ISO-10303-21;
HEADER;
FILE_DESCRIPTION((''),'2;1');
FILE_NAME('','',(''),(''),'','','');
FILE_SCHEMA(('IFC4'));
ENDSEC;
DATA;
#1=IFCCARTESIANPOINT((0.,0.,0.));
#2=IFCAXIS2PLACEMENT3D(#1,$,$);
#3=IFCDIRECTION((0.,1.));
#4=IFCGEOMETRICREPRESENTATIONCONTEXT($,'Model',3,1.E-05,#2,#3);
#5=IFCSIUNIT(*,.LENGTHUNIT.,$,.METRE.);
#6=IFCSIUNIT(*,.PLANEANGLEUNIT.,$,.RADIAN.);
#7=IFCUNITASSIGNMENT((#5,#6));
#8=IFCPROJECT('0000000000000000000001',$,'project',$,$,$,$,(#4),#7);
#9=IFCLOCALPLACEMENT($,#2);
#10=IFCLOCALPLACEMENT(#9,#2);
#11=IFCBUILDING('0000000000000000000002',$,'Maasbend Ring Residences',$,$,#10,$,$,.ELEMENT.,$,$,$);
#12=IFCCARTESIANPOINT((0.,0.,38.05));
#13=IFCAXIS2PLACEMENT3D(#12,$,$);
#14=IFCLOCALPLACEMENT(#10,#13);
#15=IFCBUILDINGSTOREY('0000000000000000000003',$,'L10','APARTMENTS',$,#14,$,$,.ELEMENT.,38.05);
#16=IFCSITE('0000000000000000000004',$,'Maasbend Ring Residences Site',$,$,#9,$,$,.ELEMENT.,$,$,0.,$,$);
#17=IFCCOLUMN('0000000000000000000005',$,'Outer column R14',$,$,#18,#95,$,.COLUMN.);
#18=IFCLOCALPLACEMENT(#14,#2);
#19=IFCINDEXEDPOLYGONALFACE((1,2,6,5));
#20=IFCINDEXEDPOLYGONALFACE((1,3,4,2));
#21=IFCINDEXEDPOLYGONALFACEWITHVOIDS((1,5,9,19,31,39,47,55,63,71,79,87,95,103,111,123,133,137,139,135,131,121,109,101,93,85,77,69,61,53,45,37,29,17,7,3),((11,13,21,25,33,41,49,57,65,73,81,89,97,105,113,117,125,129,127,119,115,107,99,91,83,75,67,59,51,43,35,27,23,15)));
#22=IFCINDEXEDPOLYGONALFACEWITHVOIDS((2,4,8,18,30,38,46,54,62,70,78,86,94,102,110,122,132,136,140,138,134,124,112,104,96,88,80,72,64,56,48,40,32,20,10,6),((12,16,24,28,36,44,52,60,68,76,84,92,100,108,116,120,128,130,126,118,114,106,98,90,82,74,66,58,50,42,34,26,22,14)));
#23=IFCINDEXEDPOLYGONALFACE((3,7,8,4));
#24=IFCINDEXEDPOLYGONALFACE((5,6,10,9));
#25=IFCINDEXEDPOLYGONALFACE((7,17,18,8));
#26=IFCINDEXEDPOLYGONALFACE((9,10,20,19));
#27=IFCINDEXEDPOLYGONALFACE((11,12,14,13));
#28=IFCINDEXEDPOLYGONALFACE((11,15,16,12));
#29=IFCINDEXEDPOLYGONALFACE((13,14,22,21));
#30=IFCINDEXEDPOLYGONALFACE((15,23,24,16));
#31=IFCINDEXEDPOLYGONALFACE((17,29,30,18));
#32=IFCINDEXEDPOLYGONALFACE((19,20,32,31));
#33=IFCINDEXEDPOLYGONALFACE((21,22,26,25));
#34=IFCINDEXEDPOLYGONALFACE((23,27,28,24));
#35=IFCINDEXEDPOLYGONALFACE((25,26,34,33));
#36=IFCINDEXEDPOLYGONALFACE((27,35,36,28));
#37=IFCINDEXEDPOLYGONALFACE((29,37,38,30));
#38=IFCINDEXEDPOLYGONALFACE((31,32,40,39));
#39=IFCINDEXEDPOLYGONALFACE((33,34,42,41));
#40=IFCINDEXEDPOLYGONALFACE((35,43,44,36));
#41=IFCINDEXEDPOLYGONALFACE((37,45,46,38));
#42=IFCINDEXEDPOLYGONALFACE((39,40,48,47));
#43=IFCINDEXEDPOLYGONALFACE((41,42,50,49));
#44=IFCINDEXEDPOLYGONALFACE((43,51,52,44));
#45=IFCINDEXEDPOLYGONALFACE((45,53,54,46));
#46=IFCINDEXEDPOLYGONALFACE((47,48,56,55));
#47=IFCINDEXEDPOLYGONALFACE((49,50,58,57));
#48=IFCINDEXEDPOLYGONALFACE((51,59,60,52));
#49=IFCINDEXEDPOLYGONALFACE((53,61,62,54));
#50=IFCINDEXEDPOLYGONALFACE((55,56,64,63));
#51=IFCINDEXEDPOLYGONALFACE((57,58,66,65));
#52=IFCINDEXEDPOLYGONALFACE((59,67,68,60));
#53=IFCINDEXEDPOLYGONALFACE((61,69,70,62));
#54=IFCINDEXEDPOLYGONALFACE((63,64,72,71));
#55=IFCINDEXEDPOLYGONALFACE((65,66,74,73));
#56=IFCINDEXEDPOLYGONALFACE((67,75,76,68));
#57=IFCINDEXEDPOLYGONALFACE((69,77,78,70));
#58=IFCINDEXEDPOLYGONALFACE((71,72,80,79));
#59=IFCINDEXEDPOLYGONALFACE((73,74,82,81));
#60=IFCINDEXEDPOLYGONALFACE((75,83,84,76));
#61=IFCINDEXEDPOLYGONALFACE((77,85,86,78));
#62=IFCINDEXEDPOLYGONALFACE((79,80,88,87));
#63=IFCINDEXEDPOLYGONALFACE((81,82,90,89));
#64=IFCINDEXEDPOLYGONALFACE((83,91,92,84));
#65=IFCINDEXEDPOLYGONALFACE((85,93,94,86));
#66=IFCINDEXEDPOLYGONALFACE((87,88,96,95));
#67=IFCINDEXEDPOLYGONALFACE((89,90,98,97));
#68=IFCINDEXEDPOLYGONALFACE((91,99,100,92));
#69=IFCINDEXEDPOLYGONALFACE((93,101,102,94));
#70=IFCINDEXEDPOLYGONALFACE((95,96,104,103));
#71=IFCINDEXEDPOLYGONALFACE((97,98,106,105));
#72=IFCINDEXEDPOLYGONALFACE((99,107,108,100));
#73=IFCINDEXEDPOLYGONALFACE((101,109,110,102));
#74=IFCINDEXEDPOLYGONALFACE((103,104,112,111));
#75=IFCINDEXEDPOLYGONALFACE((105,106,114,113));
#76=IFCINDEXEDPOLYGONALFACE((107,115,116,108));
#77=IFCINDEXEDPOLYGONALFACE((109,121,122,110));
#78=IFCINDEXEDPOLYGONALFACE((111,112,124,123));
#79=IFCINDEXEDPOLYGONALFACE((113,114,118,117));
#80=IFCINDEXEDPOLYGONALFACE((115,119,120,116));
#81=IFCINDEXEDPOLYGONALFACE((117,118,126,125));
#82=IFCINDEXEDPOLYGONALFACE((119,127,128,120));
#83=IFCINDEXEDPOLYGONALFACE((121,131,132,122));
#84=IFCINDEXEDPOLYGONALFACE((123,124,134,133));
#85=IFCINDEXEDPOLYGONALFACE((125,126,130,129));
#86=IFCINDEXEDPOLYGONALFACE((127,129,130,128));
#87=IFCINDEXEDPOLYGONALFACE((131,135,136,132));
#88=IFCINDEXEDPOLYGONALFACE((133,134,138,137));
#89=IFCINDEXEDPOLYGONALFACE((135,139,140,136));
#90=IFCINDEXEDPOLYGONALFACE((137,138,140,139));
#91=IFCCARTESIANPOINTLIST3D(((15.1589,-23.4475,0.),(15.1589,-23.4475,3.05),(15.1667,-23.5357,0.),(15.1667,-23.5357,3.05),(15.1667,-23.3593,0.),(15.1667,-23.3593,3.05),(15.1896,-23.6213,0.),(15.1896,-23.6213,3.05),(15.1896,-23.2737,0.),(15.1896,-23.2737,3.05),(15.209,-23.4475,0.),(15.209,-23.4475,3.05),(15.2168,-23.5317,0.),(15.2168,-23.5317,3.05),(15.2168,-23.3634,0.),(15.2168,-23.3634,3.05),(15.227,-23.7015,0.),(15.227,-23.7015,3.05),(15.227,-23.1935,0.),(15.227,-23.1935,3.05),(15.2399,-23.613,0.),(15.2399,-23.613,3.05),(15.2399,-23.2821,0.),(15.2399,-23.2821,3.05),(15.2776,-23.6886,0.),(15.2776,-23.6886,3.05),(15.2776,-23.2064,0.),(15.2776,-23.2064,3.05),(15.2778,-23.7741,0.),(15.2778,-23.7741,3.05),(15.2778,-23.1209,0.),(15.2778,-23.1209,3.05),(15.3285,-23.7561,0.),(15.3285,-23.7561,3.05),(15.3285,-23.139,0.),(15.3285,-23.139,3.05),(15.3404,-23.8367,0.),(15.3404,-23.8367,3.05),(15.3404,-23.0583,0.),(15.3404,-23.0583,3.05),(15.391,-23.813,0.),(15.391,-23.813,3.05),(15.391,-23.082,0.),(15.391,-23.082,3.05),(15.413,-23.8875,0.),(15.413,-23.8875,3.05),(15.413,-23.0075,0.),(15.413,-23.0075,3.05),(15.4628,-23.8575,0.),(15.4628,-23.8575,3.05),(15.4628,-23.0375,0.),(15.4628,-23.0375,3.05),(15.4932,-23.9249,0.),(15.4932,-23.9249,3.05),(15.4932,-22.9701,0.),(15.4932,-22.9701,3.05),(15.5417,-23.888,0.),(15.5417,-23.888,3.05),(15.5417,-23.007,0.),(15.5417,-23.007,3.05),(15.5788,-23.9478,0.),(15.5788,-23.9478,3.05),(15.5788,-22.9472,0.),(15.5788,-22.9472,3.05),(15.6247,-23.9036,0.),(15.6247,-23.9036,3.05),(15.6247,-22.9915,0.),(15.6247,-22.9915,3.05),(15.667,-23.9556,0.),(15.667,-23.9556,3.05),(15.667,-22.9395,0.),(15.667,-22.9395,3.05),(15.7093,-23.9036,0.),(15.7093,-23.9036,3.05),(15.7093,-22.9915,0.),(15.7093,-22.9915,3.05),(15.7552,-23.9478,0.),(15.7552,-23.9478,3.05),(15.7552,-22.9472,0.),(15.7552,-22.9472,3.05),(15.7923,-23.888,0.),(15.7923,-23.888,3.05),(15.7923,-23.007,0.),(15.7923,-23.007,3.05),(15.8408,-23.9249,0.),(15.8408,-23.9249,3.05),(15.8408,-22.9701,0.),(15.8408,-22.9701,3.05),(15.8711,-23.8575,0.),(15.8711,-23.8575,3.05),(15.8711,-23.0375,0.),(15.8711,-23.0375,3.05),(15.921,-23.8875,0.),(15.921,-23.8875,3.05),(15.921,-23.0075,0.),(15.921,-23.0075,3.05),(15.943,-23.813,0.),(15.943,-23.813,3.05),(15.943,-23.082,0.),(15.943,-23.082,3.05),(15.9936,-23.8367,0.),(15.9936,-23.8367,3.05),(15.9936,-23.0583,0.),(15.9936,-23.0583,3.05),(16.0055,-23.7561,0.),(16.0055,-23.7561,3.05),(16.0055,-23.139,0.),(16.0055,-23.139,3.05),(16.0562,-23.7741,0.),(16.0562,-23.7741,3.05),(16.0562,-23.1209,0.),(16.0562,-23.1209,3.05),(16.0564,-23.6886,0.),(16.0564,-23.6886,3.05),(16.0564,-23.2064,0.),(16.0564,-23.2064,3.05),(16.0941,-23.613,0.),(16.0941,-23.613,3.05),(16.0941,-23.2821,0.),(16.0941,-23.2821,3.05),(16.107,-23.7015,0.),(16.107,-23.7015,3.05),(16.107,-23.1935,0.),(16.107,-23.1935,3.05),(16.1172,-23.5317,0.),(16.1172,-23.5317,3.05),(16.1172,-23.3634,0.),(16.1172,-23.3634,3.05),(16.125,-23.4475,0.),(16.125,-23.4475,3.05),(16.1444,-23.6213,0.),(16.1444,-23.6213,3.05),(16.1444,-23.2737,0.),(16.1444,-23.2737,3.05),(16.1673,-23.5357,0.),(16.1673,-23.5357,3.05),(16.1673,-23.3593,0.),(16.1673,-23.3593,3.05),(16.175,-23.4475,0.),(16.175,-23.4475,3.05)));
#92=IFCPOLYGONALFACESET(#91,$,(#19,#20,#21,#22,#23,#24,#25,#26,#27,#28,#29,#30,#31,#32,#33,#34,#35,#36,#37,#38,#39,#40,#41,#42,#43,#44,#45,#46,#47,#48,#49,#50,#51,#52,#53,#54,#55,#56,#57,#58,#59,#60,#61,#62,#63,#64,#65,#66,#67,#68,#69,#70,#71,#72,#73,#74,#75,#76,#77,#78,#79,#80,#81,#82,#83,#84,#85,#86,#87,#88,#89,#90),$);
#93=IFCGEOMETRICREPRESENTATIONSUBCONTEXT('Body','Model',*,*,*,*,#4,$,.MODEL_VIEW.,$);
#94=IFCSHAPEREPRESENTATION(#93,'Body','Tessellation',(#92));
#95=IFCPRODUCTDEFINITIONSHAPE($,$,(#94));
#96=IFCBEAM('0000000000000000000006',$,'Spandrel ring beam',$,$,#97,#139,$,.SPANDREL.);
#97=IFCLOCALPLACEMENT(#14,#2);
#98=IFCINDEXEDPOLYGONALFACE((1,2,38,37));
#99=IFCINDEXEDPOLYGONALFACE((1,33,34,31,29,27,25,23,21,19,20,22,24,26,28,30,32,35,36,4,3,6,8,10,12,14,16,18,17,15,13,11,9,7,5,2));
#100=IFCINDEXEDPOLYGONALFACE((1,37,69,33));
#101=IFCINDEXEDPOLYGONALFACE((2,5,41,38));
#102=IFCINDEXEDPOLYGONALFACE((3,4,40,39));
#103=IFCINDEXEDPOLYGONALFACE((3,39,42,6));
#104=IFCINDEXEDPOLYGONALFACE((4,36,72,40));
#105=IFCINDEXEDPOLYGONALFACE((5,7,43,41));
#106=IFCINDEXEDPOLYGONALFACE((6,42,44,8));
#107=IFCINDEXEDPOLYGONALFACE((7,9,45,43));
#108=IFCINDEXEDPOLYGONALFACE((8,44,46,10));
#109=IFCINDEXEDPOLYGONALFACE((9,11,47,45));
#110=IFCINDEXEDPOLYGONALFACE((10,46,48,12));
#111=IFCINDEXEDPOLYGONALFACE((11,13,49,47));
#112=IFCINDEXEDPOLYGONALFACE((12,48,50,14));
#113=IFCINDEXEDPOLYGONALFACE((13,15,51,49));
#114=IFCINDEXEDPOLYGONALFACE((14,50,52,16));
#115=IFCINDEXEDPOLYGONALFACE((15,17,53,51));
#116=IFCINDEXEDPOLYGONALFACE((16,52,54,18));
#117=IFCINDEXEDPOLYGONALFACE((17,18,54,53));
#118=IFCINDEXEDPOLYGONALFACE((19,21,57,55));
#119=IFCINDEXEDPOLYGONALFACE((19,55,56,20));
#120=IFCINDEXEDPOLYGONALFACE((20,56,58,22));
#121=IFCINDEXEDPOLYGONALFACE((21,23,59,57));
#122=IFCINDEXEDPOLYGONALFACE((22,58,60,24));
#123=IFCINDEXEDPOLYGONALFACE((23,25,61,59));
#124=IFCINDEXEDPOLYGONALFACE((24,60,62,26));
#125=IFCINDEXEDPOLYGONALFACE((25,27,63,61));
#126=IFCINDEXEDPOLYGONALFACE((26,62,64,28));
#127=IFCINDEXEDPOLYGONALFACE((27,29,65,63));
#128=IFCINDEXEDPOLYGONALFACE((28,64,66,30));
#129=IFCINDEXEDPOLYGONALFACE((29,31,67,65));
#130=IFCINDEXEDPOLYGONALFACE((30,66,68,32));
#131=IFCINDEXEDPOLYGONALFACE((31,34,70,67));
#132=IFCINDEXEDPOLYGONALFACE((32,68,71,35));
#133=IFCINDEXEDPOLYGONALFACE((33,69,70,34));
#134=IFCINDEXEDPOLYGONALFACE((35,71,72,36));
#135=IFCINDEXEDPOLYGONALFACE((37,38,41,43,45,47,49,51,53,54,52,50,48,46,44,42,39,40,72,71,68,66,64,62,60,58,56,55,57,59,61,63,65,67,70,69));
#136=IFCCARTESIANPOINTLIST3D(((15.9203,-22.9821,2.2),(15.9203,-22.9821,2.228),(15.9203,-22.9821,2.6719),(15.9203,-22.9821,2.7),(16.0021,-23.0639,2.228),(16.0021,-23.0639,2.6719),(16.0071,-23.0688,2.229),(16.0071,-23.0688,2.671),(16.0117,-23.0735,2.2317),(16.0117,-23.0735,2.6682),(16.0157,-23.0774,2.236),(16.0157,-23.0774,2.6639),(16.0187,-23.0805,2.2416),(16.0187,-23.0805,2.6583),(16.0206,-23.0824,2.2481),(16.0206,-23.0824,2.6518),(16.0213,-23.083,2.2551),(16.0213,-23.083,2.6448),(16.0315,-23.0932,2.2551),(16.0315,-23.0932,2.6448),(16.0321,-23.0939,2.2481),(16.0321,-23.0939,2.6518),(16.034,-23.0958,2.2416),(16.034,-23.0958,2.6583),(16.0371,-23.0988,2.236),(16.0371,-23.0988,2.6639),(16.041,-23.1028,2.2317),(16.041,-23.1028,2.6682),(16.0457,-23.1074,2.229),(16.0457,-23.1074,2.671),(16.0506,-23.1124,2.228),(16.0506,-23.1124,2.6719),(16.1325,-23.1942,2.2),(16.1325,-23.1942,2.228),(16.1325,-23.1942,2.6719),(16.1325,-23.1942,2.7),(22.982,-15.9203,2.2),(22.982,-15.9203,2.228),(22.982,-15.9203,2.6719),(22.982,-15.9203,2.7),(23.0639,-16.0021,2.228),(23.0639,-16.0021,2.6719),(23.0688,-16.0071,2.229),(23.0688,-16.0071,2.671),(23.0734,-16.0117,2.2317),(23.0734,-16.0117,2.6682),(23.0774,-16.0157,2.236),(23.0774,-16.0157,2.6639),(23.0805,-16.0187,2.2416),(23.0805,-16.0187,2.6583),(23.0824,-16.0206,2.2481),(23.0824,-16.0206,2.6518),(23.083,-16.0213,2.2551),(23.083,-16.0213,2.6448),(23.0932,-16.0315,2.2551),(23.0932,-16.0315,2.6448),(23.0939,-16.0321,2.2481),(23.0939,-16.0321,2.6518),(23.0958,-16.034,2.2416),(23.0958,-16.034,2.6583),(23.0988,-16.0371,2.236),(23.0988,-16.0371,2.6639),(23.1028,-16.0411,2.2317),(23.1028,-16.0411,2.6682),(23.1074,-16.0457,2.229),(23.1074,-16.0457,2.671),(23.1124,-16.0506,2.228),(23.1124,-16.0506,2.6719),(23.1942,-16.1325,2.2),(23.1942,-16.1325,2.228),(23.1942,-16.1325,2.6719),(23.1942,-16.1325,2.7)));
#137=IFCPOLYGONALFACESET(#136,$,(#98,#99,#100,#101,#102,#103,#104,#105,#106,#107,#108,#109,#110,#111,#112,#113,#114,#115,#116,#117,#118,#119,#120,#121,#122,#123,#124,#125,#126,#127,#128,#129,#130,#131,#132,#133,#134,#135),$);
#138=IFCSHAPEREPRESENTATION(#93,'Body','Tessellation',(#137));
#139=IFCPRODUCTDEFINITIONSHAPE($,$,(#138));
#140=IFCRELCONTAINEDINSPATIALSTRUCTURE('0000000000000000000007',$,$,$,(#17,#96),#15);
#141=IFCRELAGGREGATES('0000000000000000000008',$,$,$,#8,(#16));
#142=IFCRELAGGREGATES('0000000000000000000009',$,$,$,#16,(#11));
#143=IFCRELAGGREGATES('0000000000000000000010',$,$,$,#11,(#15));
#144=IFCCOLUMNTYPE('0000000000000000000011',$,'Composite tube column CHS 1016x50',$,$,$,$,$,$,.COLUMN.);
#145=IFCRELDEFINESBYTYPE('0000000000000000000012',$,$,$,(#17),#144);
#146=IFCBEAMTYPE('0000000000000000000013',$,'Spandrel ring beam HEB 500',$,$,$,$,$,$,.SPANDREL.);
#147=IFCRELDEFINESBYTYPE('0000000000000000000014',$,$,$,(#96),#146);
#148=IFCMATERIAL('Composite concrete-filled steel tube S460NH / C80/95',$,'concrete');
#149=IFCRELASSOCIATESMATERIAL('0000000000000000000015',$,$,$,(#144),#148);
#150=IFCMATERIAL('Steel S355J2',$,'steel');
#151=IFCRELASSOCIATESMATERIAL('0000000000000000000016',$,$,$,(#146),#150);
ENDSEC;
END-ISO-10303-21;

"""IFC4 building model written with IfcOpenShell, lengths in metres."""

from ifc_helpers import new_model, si_unit, direction, frame, origin, origin_2d, place, context, subcontext, project, spatial, hollow_circle, i_section, extrude, material, material_profile, profile_set, type_object, element, save


model = new_model("IFC4")

# Units and contexts
model_context = context("Model", 3, precision=1e-05, world=origin(), true_north=direction((0.0, 1.0)))
body_context = subcontext(model_context, "Body", "Model", "MODEL_VIEW")
ifc_project = project(units=[si_unit("LENGTHUNIT", "METRE"), si_unit("PLANEANGLEUNIT", "RADIAN")], contexts=[model_context])

# Site, building, storey
site_placement = place(None, origin())
site = spatial("IfcSite", under=ifc_project, at=site_placement, Name="Maasbend Ring Residences Site", CompositionType="ELEMENT", RefElevation=0.0)
building_placement = place(site_placement, origin())
building = spatial("IfcBuilding", under=site, at=building_placement, Name="Maasbend Ring Residences", CompositionType="ELEMENT")
storey_placement = place(building_placement, frame((0.0, 0.0, 38.05)))
storey = spatial("IfcBuildingStorey", under=building, at=storey_placement, Name="L10", Description="APARTMENTS", CompositionType="ELEMENT", Elevation=38.05)

# Column
ifc_material_1 = material(Name="Composite concrete-filled steel tube S460NH / C80/95", Category="concrete")
ifc_material_profile_1 = material_profile(ifc_material_1, hollow_circle(Radius=0.5081, WallThickness=0.05, at=origin_2d()), Name="Composite tube column CHS 1016x50")
ifc_profile_set_1 = profile_set([ifc_material_profile_1], Name="Composite concrete-filled steel tube S460NH / C80/95")
column_type = type_object("IfcColumnType", Name="Composite tube column CHS 1016x50", PredefinedType="COLUMN", material=ifc_profile_set_1)
column_placement = place(storey_placement, frame((15.667, -23.4475, 0.0), z_axis=(0.0, 0.0, 1.0), x_axis=(1.0, 0.0, 0.0)))
element("IfcColumn", 1, at=column_placement, inside=storey, type_object=column_type, Name="Outer column R14", PredefinedType="COLUMN", context=body_context, shape_type="SweptSolid", body=[
    extrude(hollow_circle(Radius=0.5081, WallThickness=0.05, at=origin_2d()), origin(), (0.0, 0.0, 1.0), 3.05),
])

# Beam
ifc_material_2 = material(Name="Steel S355J2", Category="steel")
ifc_material_profile_2 = material_profile(ifc_material_2, i_section(OverallWidth=0.3, OverallDepth=0.5, WebThickness=0.0144, FlangeThickness=0.0281, FilletRadius=0.0271, at=origin_2d()), Name="HEB 500")
ifc_profile_set_2 = profile_set([ifc_material_profile_2], Name="Steel S355J2")
beam_type = type_object("IfcBeamType", Name="Spandrel ring beam HEB 500", PredefinedType="SPANDREL", material=ifc_profile_set_2)
beam_placement = place(storey_placement, frame((16.0264, -23.0881, 2.45), z_axis=(0.707107, 0.707107, 0.0), x_axis=(-0.707107, 0.707107, 0.0)))
element("IfcBeam", 2, at=beam_placement, inside=storey, type_object=beam_type, Name="Spandrel ring beam", PredefinedType="SPANDREL", context=body_context, shape_type="SweptSolid", body=[
    extrude(i_section(OverallWidth=0.3, OverallDepth=0.5, WebThickness=0.0144, FlangeThickness=0.0281, FilletRadius=0.0271, at=origin_2d()), origin(), (0.0, 0.0, 1.0), 9.9868),
])

save(model, "model.ifc")
